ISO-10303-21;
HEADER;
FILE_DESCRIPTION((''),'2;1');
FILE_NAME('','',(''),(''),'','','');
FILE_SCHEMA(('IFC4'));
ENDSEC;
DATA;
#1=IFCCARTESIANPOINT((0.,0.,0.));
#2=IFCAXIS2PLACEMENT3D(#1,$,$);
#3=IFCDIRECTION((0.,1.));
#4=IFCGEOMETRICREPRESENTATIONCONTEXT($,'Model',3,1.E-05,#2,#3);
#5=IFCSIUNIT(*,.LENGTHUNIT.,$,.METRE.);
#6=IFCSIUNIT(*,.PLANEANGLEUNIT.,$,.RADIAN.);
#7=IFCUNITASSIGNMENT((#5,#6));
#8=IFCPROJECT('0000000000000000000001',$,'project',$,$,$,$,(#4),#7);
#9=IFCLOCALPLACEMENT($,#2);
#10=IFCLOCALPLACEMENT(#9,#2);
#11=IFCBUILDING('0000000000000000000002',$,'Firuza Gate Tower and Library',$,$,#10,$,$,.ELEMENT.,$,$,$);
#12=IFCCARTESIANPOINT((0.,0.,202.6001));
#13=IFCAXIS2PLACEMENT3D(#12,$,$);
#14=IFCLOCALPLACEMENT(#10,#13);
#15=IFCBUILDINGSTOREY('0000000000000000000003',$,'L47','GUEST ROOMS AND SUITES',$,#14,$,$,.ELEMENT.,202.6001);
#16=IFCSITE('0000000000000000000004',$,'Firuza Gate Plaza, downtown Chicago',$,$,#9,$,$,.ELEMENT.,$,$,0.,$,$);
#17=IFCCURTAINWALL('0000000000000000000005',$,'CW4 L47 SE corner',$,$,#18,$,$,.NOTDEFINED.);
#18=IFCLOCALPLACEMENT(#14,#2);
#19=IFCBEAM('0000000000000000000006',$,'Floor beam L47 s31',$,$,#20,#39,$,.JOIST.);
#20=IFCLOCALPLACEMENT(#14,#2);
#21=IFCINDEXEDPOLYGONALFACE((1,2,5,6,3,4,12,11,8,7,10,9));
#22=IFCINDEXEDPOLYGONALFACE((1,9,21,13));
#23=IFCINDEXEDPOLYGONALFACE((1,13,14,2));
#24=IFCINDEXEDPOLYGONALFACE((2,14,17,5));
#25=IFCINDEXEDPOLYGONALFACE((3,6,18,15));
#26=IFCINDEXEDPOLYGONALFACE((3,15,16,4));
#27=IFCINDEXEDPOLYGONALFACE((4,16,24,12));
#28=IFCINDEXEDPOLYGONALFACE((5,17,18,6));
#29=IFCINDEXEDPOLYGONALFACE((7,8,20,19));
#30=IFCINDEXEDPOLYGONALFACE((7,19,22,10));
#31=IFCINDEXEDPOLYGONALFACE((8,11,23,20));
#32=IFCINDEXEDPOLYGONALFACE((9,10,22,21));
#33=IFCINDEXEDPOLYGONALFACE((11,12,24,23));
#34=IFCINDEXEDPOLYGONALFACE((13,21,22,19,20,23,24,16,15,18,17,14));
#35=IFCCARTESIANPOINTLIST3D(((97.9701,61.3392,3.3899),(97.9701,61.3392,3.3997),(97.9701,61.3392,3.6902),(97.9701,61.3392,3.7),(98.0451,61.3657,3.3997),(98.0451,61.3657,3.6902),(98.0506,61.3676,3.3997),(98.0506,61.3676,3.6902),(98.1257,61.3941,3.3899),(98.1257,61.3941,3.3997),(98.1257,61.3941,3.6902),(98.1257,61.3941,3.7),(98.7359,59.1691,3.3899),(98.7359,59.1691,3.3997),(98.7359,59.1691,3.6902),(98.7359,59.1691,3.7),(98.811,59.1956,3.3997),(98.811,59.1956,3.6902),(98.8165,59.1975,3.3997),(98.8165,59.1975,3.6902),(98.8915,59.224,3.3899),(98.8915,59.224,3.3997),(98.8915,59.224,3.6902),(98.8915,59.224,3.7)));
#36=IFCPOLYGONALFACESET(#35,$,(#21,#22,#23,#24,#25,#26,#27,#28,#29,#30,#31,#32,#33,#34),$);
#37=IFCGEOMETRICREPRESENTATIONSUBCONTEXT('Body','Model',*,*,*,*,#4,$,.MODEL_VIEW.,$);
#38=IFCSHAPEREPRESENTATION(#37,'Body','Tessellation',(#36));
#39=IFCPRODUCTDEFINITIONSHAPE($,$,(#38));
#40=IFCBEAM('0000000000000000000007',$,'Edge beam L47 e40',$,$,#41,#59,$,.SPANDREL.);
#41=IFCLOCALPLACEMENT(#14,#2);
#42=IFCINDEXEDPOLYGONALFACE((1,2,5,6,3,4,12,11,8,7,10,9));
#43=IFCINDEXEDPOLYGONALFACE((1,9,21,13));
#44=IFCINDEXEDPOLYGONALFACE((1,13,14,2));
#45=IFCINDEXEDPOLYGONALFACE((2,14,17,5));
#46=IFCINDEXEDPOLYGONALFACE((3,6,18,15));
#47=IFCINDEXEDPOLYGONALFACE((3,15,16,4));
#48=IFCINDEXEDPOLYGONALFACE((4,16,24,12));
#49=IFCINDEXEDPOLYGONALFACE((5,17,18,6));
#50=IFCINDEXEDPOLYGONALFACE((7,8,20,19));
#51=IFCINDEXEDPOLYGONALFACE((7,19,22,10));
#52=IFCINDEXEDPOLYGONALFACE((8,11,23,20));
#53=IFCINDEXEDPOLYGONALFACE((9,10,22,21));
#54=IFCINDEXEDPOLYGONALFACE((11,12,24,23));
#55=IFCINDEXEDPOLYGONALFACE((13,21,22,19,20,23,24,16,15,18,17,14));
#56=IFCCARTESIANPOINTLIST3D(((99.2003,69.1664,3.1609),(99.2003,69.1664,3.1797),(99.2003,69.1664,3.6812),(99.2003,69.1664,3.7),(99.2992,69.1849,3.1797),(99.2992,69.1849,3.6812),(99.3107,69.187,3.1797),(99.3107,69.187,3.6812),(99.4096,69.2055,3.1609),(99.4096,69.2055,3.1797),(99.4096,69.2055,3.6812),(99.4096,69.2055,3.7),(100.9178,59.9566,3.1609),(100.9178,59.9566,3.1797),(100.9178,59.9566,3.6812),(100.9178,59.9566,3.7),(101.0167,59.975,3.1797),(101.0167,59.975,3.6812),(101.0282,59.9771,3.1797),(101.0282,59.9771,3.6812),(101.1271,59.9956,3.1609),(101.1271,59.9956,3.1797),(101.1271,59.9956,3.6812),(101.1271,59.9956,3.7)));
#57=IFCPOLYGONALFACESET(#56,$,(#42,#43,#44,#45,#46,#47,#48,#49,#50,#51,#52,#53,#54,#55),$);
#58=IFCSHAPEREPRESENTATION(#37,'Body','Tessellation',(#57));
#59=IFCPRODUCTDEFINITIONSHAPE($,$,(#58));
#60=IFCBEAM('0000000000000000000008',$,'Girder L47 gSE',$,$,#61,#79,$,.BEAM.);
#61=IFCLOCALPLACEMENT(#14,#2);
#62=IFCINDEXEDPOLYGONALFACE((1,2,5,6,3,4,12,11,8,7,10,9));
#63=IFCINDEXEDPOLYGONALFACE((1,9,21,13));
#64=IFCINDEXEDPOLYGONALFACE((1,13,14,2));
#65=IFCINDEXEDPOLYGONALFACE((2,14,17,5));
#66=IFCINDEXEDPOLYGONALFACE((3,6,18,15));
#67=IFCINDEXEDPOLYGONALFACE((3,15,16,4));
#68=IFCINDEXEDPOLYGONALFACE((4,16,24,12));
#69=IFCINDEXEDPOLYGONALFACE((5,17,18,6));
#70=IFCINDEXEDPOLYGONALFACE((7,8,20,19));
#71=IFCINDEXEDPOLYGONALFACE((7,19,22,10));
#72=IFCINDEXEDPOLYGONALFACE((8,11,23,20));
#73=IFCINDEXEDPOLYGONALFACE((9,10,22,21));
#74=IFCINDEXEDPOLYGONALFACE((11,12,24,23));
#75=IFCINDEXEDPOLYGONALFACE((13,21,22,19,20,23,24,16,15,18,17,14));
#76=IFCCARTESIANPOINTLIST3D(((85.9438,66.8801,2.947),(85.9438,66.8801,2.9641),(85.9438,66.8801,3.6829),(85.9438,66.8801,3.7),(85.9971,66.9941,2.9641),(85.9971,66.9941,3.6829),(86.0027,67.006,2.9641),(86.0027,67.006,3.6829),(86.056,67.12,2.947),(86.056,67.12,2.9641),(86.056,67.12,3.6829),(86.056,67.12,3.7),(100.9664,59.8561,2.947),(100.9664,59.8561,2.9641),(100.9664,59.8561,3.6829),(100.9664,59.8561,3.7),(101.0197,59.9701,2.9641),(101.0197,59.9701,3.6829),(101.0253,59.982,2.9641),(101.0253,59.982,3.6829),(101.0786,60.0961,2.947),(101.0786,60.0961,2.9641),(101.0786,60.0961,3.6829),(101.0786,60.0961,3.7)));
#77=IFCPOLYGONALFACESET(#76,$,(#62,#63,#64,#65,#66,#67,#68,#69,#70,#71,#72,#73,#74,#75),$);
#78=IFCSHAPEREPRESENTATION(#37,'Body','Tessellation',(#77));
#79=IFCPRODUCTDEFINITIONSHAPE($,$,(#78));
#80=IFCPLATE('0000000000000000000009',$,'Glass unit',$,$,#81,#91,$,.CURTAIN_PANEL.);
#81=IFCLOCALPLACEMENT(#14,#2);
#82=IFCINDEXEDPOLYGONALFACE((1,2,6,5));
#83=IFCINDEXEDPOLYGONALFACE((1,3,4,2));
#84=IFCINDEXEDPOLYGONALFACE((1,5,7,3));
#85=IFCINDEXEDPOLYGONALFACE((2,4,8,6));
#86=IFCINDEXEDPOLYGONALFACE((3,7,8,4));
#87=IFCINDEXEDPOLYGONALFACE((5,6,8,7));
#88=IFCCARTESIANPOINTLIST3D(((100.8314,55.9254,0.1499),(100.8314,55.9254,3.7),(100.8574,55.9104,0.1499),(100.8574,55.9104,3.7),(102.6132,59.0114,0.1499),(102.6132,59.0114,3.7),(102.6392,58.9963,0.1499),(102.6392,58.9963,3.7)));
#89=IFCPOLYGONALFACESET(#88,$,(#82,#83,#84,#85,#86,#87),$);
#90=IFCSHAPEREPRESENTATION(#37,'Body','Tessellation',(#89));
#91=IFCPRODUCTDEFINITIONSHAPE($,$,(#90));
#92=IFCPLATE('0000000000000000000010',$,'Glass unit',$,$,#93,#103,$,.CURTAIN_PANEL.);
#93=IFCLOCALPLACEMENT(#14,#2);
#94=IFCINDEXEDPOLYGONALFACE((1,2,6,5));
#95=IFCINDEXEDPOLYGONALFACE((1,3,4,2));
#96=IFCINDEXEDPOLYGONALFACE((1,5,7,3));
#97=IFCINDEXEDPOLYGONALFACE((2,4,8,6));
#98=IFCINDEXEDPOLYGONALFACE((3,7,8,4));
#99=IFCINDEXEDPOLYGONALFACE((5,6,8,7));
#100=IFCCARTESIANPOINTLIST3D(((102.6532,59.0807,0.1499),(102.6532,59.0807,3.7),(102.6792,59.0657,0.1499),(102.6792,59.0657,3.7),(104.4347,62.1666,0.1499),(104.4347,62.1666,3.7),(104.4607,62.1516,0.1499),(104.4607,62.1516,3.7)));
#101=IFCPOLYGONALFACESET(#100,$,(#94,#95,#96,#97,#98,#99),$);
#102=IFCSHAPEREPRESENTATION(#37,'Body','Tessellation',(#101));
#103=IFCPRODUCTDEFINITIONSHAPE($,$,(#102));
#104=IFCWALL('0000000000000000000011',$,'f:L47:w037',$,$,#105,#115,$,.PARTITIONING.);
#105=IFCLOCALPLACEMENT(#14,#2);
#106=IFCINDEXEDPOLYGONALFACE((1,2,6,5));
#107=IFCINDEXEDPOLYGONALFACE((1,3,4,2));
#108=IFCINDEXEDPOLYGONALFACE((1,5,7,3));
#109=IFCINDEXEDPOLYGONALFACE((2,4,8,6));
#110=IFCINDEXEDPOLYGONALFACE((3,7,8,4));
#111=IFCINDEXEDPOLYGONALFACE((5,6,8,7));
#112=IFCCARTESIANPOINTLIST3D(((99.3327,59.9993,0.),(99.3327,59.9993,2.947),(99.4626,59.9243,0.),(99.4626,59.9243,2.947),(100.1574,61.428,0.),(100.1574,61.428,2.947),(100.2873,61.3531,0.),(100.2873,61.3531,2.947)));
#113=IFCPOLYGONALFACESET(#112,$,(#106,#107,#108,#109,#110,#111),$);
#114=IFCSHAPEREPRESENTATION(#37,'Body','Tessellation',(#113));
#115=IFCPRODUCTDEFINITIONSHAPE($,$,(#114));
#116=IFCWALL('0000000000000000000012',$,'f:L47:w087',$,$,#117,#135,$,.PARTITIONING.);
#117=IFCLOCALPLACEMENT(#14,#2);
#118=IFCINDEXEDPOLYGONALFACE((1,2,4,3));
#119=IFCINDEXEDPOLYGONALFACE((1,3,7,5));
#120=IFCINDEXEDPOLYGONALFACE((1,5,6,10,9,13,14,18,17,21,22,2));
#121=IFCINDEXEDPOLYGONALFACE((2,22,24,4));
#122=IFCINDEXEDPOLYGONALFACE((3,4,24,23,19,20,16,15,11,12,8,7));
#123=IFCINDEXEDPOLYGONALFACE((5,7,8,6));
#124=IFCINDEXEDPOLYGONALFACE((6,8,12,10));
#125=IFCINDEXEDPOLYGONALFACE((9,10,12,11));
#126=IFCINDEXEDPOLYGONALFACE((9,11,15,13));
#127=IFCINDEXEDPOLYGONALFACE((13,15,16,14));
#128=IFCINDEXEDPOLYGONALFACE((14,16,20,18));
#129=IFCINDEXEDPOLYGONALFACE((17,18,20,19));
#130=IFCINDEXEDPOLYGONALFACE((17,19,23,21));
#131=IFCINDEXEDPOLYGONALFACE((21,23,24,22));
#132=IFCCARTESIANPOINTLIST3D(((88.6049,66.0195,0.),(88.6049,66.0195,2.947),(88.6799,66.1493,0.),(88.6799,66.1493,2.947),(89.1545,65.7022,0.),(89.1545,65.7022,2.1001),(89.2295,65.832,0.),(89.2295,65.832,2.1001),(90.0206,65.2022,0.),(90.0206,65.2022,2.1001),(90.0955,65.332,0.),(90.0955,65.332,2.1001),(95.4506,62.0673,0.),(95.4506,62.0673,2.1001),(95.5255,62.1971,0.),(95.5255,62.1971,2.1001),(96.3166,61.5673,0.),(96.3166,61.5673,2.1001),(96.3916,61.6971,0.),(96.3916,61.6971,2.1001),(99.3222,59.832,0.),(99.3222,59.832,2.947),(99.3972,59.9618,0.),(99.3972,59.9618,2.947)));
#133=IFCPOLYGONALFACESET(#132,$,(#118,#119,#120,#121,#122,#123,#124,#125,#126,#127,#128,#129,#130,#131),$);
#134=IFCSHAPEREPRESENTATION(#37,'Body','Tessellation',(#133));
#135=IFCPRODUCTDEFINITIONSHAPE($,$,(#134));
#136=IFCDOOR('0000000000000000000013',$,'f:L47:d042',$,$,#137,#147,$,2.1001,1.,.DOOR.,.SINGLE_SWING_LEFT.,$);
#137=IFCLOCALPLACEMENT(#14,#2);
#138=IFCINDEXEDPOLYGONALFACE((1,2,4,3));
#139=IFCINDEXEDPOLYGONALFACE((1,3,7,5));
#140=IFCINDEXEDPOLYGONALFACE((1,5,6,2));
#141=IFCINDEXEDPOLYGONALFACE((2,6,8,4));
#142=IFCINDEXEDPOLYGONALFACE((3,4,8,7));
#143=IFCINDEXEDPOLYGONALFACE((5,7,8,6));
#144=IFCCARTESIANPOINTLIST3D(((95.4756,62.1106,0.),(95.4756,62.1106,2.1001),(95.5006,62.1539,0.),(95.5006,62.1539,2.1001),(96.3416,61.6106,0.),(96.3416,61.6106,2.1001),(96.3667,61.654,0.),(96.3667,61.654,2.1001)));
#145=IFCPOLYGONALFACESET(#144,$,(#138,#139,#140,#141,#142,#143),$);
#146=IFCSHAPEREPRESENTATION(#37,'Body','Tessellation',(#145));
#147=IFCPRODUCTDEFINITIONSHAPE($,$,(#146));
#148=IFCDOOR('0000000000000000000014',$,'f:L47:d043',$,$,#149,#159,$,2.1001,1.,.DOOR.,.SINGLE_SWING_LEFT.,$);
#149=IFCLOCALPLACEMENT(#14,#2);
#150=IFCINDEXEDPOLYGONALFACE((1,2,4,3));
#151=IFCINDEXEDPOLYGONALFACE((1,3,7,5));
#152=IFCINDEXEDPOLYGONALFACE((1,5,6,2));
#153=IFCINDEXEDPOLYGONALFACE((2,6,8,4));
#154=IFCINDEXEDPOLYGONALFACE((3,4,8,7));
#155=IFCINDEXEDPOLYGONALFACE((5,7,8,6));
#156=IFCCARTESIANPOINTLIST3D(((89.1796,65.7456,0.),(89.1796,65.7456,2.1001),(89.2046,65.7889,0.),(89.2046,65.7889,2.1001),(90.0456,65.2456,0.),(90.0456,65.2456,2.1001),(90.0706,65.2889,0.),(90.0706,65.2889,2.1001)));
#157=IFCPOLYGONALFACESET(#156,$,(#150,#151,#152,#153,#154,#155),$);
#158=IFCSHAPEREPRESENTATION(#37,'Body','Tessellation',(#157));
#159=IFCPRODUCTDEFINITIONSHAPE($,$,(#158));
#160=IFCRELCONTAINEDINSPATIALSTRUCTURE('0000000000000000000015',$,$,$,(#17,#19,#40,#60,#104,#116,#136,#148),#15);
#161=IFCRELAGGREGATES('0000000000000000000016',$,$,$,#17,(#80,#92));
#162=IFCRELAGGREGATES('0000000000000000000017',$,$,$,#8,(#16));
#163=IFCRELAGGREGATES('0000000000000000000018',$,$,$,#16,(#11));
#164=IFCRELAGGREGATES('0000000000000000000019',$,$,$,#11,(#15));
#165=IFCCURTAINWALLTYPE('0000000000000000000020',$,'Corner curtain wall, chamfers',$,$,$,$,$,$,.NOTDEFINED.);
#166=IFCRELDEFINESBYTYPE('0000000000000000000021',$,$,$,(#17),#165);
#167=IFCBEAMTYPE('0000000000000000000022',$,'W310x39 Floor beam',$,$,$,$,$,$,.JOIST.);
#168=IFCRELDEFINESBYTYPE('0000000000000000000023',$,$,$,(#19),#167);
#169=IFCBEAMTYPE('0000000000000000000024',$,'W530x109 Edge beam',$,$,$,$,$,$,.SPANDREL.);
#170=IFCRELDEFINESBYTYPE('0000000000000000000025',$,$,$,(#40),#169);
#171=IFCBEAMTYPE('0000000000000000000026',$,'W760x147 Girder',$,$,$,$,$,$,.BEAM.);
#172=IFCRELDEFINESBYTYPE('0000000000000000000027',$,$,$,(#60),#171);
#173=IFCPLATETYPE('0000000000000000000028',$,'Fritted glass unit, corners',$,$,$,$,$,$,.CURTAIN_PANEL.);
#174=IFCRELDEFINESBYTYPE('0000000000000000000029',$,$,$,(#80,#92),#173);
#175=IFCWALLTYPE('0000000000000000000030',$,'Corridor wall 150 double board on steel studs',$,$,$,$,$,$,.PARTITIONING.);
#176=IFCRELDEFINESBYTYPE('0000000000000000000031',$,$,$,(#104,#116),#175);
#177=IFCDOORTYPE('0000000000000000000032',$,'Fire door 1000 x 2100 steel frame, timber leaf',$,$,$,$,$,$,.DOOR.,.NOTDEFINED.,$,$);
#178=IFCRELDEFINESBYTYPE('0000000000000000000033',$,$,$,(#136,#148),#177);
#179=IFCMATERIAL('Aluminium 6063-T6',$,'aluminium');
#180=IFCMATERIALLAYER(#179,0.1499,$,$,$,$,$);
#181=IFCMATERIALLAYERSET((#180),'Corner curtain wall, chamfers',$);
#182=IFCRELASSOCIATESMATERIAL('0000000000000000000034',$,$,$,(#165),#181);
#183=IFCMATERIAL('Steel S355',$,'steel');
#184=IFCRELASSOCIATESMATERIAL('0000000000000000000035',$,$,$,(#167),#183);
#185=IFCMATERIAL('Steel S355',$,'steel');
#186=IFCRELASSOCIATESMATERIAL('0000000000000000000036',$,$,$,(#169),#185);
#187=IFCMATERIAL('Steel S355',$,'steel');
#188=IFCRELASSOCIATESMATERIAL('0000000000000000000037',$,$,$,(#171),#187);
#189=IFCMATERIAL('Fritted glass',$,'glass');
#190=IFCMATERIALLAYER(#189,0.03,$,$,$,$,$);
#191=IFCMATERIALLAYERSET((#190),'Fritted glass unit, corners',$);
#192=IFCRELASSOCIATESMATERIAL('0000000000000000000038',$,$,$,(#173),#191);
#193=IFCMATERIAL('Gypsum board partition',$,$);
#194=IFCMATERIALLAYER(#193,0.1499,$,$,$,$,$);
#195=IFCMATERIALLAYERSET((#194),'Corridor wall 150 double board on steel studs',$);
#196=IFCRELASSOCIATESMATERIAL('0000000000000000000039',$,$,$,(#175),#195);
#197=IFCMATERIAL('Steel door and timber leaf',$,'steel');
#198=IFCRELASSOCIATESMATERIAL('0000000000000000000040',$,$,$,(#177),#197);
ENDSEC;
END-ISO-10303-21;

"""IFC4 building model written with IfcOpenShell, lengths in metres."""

from ifc_helpers import new_model, si_unit, direction, frame, frame_2d, origin, origin_2d, place, context, subcontext, project, spatial, polyline, rectangle, i_section, outline, extrude, material, layer, layer_set, material_profile, profile_set, type_object, element, fill, aggregate, save


model = new_model("IFC4")

# Units and contexts
model_context = context("Model", 3, precision=1e-05, world=origin(), true_north=direction((0.0, 1.0)))
body_context = subcontext(model_context, "Body", "Model", "MODEL_VIEW")
ifc_project = project(units=[si_unit("LENGTHUNIT", "METRE"), si_unit("PLANEANGLEUNIT", "RADIAN")], contexts=[model_context])

# Site, building, storey
site_placement = place(None, origin())
site = spatial("IfcSite", under=ifc_project, at=site_placement, Name="Firuza Gate Plaza, downtown Chicago", CompositionType="ELEMENT", RefElevation=0.0)
building_placement = place(site_placement, origin())
building = spatial("IfcBuilding", under=site, at=building_placement, Name="Firuza Gate Tower and Library", CompositionType="ELEMENT")
storey_placement = place(building_placement, frame((0.0, 0.0, 202.6001)))
storey = spatial("IfcBuildingStorey", under=building, at=storey_placement, Name="L47", Description="GUEST ROOMS AND SUITES", CompositionType="ELEMENT", Elevation=202.6001)

# Curtain wall
ifc_material_1 = material(Name="Aluminium 6063-T6", Category="aluminium")
ifc_layer_1 = layer(ifc_material_1, 0.1499)
ifc_layer_set_1 = layer_set([ifc_layer_1], Name="Corner curtain wall, chamfers")
curtain_wall_type = type_object("IfcCurtainWallType", Name="Corner curtain wall, chamfers", PredefinedType="NOTDEFINED", material=ifc_layer_set_1)
curtain_wall_placement = place(storey_placement, origin())
curtain_wall = element("IfcCurtainWall", 1, at=curtain_wall_placement, inside=storey, type_object=curtain_wall_type, Name="CW4 L47 SE corner", PredefinedType="NOTDEFINED")

# Beams
ifc_material_2 = material(Name="Steel S355", Category="steel")
ifc_material_profile_1 = material_profile(ifc_material_2, i_section(OverallWidth=0.165, OverallDepth=0.3101, WebThickness=0.0059, FlangeThickness=0.0098, at=origin_2d()))
ifc_profile_set_1 = profile_set([ifc_material_profile_1], Name="Steel S355")
beam_type_1 = type_object("IfcBeamType", Name="W310x39 Floor beam", PredefinedType="JOIST", material=ifc_profile_set_1)
beam_1_placement = place(storey_placement, frame((98.8137, 59.1965, 3.5449), z_axis=(-0.332792, 0.943, 0.0), x_axis=(-0.943, -0.332792, 0.0)))
element("IfcBeam", 2, at=beam_1_placement, inside=storey, type_object=beam_type_1, Name="Floor beam L47 s31", PredefinedType="JOIST", context=body_context, shape_type="SweptSolid", body=[
    extrude(i_section(OverallWidth=0.165, OverallDepth=0.3101, WebThickness=0.0059, FlangeThickness=0.0098, at=origin_2d()), origin(), (0.0, 0.0, 1.0), 2.3013),
])
ifc_material_3 = material(Name="Steel S355", Category="steel")
ifc_material_profile_2 = material_profile(ifc_material_3, i_section(OverallWidth=0.2129, OverallDepth=0.5391, WebThickness=0.0117, FlangeThickness=0.0188, at=origin_2d()))
ifc_profile_set_2 = profile_set([ifc_material_profile_2], Name="Steel S355")
beam_type_2 = type_object("IfcBeamType", Name="W530x109 Edge beam", PredefinedType="SPANDREL", material=ifc_profile_set_2)
beam_2_placement = place(storey_placement, frame((101.0225, 59.9761, 3.4304), z_axis=(-0.183326, 0.983052, 0.0), x_axis=(-0.983052, -0.183326, 0.0)))
element("IfcBeam", 3, at=beam_2_placement, inside=storey, type_object=beam_type_2, Name="Edge beam L47 e40", PredefinedType="SPANDREL", context=body_context, shape_type="SweptSolid", body=[
    extrude(i_section(OverallWidth=0.2129, OverallDepth=0.5391, WebThickness=0.0117, FlangeThickness=0.0188, at=origin_2d()), origin(), (0.0, 0.0, 1.0), 9.3687),
])
ifc_material_4 = material(Name="Steel S355", Category="steel")
ifc_material_profile_3 = material_profile(ifc_material_4, i_section(OverallWidth=0.2649, OverallDepth=0.7529, WebThickness=0.0132, FlangeThickness=0.0171, at=origin_2d()))
ifc_profile_set_3 = profile_set([ifc_material_profile_3], Name="Steel S355")
beam_type_3 = type_object("IfcBeamType", Name="W760x147 Girder", PredefinedType="BEAM", material=ifc_profile_set_3)
beam_3_placement = place(storey_placement, frame((101.0225, 59.9761, 3.3235), z_axis=(-0.905872, 0.423551, 0.0), x_axis=(-0.423551, -0.905872, 0.0)))
element("IfcBeam", 4, at=beam_3_placement, inside=storey, type_object=beam_type_3, Name="Girder L47 gSE", PredefinedType="BEAM", context=body_context, shape_type="SweptSolid", body=[
    extrude(i_section(OverallWidth=0.2649, OverallDepth=0.7529, WebThickness=0.0132, FlangeThickness=0.0171, at=origin_2d()), origin(), (0.0, 0.0, 1.0), 16.5835),
])

# Plates
ifc_material_5 = material(Name="Fritted glass", Category="glass")
ifc_layer_2 = layer(ifc_material_5, 0.03)
ifc_layer_set_2 = layer_set([ifc_layer_2], Name="Fritted glass unit, corners")
plate_type = type_object("IfcPlateType", Name="Fritted glass unit, corners", PredefinedType="CURTAIN_PANEL", material=ifc_layer_set_2)
plate_1_placement = place(storey_placement, frame((100.8574, 55.9104, 0.1499), z_axis=(0.866017, -0.500015, 0.0), x_axis=(0.500015, 0.866017, 0.0)))
plate_1 = element("IfcPlate", 5, at=plate_1_placement, type_object=plate_type, Name="Glass unit", PredefinedType="CURTAIN_PANEL", context=body_context, shape_type="SweptSolid", body=[
    extrude(outline(polyline([(0.0, 0.0), (3.5634, 0.0), (3.5634, 3.55), (0.0, 3.55), (0.0, 0.0)])), origin(), (0.0, 0.0, -1.0), 0.03),
])
plate_2_placement = place(storey_placement, frame((102.6792, 59.0657, 0.1499), z_axis=(0.866046, -0.499964, 0.0), x_axis=(0.499964, 0.866046, 0.0)))
plate_2 = element("IfcPlate", 6, at=plate_2_placement, type_object=plate_type, Name="Glass unit", PredefinedType="CURTAIN_PANEL", context=body_context, shape_type="SweptSolid", body=[
    extrude(outline(polyline([(0.0, 0.0), (3.5632, 0.0), (3.5632, 3.55), (0.0, 3.55), (0.0, 0.0)])), origin(), (0.0, 0.0, -1.0), 0.03),
])
aggregate(curtain_wall, [plate_1, plate_2])

# Wall
ifc_material_6 = material(Name="Gypsum board partition")
ifc_layer_3 = layer(ifc_material_6, 0.1499)
ifc_layer_set_3 = layer_set([ifc_layer_3], Name="Corridor wall 150 double board on steel studs")
wall_type_1 = type_object("IfcWallType", Name="Corridor wall 150 double board on steel studs", PredefinedType="PARTITIONING", material=ifc_layer_set_3)
wall_1_placement = place(storey_placement, frame((99.3977, 59.9619, 0.0), z_axis=(0.0, 0.0, 1.0), x_axis=(0.499927, 0.866067, 0.0)))
element("IfcWall", 7, at=wall_1_placement, inside=storey, type_object=wall_type_1, Name="f:L47:w037", PredefinedType="PARTITIONING", context=body_context, shape_type="SweptSolid", body=[
    extrude(rectangle(XDim=1.6497, YDim=0.1499, at=frame_2d((0.8247, 0.0))), origin(), (0.0, 0.0, 1.0), 2.947),
])

# Wall, openings, doors
wall_2_placement = place(storey_placement, frame((99.3596, 59.897, 0.0), z_axis=(0.0, 0.0, 1.0), x_axis=(-0.86603, 0.499992, 0.0)))
wall_2 = element("IfcWall", 8, at=wall_2_placement, inside=storey, type_object=wall_type_1, Name="f:L47:w087", PredefinedType="PARTITIONING", context=body_context, shape_type="SweptSolid", body=[
    extrude(rectangle(XDim=12.3752, YDim=0.1499, at=frame_2d((6.1875, 0.0))), origin(), (0.0, 0.0, 1.0), 2.947),
])
opening_1_placement = place(wall_2_placement, frame((3.4705, 0.0, 0.0)))
opening_1 = element("IfcOpeningElement", 9, at=opening_1_placement, cuts=wall_2, PredefinedType="OPENING", context=body_context, shape_type="SweptSolid", body=[
    extrude(rectangle(XDim=1.0, YDim=2.1001, at=frame_2d((0.5, 1.05))), frame((0.0, 0.085, 0.0), z_axis=(0.0, -1.0, 0.0), x_axis=(1.0, 0.0, 0.0)), (0.0, 0.0, 1.0), 0.1699),
])
opening_2_placement = place(wall_2_placement, frame((10.7405, 0.0, 0.0)))
opening_2 = element("IfcOpeningElement", 10, at=opening_2_placement, cuts=wall_2, PredefinedType="OPENING", context=body_context, shape_type="SweptSolid", body=[
    extrude(rectangle(XDim=1.0, YDim=2.1001, at=frame_2d((0.5, 1.05))), frame((0.0, 0.085, 0.0), z_axis=(0.0, -1.0, 0.0), x_axis=(1.0, 0.0, 0.0)), (0.0, 0.0, 1.0), 0.1699),
])
ifc_material_7 = material(Name="Steel door and timber leaf", Category="steel")
door_type_1 = type_object("IfcDoorType", Name="Fire door 1000 x 2100 steel frame, timber leaf", OperationType="NOTDEFINED", PredefinedType="DOOR", material=ifc_material_7)
door_1_placement = place(opening_1_placement, origin())
door_1 = element("IfcDoor", 11, at=door_1_placement, inside=storey, type_object=door_type_1, Name="f:L47:d042", OperationType="SINGLE_SWING_LEFT", OverallHeight=2.1001, OverallWidth=1.0, PredefinedType="DOOR", context=body_context, shape_type="SweptSolid", body=[
    extrude(rectangle(XDim=1.0, YDim=2.1001, at=frame_2d((0.5, 1.05))), frame((0.0, 0.0249, 0.0), z_axis=(0.0, -1.0, 0.0), x_axis=(1.0, 0.0, 0.0)), (0.0, 0.0, 1.0), 0.05),
])
fill(opening_1, door_1)
door_2_placement = place(opening_2_placement, origin())
door_2 = element("IfcDoor", 12, at=door_2_placement, inside=storey, type_object=door_type_1, Name="f:L47:d043", OperationType="SINGLE_SWING_LEFT", OverallHeight=2.1001, OverallWidth=1.0, PredefinedType="DOOR", context=body_context, shape_type="SweptSolid", body=[
    extrude(rectangle(XDim=1.0, YDim=2.1001, at=frame_2d((0.5, 1.05))), frame((0.0, 0.0249, 0.0), z_axis=(0.0, -1.0, 0.0), x_axis=(1.0, 0.0, 0.0)), (0.0, 0.0, 1.0), 0.05),
])
fill(opening_2, door_2)

save(model, "model.ifc")
